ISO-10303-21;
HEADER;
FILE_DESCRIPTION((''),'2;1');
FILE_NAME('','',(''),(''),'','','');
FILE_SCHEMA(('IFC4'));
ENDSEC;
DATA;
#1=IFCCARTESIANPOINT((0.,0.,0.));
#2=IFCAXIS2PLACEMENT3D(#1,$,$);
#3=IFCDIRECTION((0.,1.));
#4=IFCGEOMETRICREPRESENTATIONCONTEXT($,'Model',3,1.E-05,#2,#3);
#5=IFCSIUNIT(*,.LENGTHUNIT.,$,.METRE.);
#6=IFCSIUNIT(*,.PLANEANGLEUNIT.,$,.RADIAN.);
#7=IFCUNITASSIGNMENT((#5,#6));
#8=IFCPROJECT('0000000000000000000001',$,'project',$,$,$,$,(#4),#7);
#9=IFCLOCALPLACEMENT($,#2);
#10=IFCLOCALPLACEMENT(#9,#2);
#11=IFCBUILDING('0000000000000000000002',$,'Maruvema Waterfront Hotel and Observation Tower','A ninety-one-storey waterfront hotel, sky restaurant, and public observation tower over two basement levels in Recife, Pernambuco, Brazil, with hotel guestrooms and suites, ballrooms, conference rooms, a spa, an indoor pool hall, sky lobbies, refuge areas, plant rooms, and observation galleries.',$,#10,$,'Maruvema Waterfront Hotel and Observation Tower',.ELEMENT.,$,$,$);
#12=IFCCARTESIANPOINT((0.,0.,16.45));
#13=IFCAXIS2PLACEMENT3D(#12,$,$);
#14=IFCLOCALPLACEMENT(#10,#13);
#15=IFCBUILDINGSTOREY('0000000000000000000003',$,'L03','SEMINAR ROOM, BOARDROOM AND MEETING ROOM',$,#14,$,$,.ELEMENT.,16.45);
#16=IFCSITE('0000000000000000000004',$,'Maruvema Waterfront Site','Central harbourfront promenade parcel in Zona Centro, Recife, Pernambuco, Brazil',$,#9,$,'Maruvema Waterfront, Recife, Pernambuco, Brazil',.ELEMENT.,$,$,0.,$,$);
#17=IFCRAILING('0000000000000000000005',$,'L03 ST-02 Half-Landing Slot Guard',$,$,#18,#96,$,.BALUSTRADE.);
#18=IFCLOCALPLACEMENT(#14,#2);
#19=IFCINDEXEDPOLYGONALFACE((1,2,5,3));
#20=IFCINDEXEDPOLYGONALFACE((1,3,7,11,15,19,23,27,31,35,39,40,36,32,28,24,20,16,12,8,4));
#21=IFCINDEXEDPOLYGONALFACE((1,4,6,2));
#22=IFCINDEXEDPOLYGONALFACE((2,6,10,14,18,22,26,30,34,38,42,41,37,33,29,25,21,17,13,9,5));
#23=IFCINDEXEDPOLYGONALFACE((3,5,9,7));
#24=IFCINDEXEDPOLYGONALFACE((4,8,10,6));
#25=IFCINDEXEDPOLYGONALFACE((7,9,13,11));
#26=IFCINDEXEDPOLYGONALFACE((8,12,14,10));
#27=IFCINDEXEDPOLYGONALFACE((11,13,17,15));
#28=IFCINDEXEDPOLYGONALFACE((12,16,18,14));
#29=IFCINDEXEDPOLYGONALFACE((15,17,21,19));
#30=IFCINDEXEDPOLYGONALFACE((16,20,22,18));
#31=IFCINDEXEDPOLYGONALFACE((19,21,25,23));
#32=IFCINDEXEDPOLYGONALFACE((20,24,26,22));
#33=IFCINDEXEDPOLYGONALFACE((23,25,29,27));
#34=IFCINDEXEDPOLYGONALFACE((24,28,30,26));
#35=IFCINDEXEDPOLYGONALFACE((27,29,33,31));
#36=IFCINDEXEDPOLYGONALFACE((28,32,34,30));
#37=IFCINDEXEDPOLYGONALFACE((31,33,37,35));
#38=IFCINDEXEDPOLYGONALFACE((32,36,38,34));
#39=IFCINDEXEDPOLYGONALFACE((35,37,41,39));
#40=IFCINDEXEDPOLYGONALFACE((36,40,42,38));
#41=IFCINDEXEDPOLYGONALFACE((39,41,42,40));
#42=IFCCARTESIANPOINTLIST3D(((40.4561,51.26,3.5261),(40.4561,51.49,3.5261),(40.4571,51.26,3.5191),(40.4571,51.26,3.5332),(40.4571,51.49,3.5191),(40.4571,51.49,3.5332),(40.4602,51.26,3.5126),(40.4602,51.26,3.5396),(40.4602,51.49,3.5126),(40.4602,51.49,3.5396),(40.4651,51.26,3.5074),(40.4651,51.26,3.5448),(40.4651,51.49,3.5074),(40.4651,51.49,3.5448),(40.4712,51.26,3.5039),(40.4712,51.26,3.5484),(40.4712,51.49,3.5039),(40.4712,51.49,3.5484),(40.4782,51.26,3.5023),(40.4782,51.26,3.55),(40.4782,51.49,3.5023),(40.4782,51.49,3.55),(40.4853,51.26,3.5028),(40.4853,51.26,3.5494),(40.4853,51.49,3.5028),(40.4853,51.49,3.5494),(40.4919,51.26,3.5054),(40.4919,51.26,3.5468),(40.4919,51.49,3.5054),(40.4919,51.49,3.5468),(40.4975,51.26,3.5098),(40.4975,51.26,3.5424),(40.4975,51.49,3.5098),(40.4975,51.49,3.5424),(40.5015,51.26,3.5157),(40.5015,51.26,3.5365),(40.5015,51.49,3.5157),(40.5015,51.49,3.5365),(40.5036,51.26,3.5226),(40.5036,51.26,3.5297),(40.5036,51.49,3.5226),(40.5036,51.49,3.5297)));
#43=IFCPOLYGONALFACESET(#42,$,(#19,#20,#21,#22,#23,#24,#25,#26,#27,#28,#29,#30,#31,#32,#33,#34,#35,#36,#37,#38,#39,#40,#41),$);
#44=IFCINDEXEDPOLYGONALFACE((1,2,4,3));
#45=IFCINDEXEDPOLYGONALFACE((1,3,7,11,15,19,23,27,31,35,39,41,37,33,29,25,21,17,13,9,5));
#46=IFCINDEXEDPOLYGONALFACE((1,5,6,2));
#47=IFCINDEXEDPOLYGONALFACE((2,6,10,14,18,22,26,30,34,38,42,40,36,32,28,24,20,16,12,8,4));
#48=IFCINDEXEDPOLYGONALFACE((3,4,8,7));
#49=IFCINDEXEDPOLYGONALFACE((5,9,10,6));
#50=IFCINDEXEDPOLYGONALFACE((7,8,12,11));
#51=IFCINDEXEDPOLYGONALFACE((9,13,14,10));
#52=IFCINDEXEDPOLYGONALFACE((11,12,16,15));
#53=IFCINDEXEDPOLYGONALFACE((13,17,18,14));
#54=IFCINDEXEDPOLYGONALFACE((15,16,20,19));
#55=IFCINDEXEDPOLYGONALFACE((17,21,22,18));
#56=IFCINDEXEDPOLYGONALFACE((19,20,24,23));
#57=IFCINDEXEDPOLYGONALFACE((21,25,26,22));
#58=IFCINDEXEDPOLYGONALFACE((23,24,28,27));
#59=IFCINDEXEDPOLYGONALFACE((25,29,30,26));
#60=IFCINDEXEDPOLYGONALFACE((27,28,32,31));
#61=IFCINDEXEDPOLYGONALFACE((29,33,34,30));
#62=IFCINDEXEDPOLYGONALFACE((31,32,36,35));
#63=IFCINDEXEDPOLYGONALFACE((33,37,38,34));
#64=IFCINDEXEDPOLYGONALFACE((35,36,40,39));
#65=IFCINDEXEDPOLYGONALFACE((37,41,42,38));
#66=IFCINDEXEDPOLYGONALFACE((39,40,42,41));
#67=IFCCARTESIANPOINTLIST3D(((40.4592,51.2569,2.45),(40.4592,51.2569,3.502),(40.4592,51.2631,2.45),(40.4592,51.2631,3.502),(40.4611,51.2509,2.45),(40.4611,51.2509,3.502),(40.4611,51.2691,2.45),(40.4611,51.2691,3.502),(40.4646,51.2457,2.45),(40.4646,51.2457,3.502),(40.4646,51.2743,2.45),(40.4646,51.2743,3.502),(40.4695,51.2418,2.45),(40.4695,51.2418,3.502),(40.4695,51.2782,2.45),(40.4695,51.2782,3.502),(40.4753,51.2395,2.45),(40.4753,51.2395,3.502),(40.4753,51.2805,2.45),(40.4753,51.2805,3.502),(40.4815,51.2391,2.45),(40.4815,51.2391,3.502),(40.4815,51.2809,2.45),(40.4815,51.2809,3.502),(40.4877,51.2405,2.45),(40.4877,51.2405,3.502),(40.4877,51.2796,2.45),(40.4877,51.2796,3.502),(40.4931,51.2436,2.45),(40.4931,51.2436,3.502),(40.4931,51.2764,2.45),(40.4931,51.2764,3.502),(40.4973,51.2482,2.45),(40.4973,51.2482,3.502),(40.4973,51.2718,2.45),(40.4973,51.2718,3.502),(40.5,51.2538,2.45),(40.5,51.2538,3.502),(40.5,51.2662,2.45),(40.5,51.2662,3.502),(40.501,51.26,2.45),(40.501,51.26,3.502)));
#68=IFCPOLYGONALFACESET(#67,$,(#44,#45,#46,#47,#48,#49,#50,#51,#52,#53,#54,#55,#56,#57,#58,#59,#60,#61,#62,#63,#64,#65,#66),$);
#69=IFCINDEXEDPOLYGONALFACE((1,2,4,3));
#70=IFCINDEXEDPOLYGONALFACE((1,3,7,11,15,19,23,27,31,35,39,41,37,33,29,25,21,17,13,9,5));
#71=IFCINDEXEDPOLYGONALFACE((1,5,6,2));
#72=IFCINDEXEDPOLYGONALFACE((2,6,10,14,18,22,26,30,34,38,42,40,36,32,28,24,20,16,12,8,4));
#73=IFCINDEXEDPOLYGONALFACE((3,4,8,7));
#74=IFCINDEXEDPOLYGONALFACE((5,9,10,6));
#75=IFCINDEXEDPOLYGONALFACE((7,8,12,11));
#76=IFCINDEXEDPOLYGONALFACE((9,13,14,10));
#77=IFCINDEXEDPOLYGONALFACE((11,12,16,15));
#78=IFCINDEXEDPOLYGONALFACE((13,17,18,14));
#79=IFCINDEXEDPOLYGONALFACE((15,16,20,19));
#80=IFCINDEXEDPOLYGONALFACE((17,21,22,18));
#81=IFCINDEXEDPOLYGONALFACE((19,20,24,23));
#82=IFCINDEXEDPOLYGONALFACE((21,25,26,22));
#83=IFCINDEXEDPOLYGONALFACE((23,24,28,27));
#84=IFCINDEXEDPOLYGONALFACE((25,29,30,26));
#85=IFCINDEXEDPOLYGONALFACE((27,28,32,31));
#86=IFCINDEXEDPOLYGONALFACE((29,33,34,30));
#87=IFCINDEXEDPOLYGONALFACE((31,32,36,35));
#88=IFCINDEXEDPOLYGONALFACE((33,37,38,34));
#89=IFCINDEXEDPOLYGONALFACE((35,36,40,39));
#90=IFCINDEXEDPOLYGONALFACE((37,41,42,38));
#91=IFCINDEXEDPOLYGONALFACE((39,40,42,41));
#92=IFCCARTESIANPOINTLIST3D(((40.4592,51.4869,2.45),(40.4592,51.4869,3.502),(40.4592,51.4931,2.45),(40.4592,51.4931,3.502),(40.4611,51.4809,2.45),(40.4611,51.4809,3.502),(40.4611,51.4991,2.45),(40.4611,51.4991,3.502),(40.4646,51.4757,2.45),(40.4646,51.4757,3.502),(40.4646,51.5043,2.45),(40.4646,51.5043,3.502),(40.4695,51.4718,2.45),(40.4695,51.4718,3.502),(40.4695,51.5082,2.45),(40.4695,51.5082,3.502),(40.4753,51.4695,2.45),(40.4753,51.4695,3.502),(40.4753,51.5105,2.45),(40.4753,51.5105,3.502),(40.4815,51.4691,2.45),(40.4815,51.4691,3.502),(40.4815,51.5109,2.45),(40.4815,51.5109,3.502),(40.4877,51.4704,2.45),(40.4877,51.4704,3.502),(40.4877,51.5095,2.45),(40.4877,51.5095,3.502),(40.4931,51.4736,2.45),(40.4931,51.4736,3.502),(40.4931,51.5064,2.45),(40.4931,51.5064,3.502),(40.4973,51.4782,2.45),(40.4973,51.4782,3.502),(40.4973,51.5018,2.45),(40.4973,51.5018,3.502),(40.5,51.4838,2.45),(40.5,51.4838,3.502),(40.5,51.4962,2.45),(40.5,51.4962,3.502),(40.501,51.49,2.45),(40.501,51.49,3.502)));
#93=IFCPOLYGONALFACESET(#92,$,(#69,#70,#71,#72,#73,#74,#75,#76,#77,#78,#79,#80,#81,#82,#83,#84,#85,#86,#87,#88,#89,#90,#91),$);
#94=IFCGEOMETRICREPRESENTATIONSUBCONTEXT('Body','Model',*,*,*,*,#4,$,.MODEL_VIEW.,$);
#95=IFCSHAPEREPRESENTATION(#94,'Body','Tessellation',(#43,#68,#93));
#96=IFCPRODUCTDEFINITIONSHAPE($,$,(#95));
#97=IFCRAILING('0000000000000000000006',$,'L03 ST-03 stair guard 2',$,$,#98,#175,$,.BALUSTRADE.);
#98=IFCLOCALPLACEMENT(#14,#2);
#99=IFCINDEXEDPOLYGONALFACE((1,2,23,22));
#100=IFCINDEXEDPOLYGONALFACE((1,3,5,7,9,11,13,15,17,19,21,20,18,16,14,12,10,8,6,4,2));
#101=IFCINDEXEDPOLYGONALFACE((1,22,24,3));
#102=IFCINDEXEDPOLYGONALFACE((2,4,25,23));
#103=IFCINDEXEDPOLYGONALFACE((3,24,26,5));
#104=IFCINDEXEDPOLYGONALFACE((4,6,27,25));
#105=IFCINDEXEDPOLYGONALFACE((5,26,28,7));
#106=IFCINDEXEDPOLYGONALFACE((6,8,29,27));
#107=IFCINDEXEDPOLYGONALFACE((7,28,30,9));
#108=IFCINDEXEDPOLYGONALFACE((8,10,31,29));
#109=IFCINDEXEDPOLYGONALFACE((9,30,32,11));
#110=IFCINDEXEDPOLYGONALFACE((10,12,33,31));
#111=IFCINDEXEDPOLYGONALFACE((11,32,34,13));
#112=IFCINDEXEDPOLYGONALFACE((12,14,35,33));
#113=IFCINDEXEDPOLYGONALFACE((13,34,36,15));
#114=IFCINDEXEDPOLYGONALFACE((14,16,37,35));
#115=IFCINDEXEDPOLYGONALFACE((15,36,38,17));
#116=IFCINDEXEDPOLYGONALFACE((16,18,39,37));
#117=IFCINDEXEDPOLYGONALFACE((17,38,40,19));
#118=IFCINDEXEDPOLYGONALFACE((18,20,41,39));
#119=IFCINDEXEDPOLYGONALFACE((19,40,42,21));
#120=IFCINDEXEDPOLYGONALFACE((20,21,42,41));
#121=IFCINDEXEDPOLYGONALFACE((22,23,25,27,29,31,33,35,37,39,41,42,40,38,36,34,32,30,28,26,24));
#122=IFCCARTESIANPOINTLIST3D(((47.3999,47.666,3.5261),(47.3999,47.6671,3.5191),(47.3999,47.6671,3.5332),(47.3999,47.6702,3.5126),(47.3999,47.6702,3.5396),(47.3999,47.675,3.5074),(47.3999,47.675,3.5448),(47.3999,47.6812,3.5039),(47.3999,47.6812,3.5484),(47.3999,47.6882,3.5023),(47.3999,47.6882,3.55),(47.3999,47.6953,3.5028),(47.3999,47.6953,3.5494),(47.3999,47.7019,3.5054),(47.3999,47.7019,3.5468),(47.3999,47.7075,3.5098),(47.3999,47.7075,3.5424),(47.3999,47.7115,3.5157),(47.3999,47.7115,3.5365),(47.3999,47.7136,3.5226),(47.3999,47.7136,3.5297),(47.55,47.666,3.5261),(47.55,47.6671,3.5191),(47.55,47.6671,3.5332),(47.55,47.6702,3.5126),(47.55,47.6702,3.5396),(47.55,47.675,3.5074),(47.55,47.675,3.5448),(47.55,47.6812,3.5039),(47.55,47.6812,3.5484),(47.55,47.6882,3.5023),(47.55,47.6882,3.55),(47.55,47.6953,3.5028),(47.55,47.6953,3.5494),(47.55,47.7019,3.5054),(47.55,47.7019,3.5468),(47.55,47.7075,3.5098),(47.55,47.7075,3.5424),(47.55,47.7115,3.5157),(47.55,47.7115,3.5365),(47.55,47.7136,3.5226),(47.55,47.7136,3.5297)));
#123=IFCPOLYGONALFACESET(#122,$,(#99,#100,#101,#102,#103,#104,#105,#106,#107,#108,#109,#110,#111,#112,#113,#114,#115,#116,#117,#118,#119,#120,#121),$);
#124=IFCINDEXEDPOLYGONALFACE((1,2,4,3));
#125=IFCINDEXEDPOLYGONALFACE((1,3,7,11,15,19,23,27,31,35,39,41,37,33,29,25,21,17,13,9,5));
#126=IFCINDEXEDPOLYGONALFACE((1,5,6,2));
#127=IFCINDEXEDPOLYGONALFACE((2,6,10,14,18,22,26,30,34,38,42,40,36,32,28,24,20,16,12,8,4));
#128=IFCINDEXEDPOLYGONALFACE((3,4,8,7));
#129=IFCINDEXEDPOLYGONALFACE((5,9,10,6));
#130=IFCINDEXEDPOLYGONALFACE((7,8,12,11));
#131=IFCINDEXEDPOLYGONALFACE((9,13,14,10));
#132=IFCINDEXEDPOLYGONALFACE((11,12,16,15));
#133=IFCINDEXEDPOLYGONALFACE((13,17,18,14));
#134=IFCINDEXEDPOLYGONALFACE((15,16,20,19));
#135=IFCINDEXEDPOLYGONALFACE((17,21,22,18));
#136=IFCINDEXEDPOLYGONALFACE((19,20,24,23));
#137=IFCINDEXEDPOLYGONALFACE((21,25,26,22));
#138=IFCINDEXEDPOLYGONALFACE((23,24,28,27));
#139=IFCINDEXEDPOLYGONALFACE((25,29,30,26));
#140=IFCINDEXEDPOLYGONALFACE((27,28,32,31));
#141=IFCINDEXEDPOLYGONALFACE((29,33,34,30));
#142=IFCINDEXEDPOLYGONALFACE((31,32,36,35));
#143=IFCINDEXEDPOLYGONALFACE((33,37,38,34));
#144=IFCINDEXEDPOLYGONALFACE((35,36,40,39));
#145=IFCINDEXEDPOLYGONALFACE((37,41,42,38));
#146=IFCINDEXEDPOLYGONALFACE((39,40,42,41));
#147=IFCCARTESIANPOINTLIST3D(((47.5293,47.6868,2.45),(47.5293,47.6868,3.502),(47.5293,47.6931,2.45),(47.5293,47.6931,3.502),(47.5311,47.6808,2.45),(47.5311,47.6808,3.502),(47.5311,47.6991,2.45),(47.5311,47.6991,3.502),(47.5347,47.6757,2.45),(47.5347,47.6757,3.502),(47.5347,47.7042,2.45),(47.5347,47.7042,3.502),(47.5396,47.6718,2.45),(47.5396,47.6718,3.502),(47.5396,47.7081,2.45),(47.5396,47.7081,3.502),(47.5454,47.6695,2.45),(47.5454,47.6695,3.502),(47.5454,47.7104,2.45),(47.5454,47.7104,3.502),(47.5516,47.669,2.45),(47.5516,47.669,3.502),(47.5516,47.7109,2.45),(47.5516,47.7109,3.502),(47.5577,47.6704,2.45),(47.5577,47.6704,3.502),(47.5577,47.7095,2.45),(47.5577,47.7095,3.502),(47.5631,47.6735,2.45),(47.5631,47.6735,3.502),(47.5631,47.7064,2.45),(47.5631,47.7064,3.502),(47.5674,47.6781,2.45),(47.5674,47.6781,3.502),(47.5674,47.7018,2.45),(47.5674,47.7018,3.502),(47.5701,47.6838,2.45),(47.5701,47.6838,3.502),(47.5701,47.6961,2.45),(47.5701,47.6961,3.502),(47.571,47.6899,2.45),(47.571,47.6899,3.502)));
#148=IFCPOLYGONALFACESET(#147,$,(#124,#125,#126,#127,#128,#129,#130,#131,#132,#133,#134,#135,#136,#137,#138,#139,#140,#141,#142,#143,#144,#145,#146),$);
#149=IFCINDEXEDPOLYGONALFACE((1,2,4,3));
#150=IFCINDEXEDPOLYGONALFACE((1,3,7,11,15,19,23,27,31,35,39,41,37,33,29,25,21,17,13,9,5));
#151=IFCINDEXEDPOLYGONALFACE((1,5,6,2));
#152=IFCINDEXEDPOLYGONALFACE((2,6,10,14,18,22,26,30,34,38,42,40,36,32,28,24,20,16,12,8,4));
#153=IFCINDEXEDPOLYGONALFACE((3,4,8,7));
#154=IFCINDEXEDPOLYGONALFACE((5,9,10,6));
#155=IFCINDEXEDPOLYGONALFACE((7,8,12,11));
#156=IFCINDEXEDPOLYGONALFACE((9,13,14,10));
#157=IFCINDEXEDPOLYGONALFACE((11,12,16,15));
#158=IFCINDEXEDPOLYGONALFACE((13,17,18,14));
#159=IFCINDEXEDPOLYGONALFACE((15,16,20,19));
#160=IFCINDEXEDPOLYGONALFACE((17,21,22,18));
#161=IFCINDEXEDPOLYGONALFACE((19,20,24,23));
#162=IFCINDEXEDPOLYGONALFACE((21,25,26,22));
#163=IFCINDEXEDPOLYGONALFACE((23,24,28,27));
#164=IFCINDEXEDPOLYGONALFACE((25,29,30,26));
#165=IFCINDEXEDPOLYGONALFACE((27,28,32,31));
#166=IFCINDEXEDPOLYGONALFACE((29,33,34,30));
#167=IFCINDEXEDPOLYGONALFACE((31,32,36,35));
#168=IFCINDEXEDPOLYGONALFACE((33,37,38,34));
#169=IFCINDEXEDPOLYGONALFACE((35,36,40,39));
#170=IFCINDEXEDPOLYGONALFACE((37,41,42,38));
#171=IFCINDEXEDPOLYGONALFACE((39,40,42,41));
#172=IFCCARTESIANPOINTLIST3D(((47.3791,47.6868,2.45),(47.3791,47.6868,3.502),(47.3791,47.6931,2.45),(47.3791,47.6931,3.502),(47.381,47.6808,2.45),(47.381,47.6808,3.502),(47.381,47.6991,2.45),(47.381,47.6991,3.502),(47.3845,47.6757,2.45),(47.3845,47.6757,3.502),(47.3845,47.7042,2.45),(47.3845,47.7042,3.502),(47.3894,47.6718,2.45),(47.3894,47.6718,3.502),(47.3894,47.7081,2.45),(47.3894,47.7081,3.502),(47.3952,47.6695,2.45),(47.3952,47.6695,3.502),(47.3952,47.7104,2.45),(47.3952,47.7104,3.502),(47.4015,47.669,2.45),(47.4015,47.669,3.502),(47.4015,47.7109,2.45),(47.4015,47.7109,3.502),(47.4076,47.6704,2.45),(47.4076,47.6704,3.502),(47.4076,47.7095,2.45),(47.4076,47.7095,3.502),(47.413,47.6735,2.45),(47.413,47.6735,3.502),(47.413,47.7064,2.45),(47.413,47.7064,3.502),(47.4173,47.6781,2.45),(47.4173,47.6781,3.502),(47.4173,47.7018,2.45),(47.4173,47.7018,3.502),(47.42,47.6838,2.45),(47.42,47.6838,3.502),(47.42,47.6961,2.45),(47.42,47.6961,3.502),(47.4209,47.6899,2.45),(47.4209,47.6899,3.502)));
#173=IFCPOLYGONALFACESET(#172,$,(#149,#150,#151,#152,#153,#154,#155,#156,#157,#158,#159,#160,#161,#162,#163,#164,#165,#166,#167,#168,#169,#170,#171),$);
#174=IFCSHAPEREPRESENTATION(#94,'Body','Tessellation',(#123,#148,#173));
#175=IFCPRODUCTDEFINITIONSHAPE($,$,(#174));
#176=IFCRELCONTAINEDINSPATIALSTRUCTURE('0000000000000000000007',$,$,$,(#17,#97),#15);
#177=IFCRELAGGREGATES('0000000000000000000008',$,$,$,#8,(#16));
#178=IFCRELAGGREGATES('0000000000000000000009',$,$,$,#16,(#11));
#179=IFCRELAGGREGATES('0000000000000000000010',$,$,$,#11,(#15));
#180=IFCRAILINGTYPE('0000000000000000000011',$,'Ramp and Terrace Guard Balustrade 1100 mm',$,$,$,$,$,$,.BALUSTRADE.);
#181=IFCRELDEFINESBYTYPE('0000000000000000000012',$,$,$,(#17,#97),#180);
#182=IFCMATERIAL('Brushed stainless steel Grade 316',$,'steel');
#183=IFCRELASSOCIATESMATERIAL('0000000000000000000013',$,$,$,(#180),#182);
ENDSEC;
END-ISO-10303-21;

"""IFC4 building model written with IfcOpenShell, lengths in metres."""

from ifc_helpers import new_model, si_unit, direction, frame, origin, origin_2d, place, context, subcontext, project, spatial, circle, extrude, material, type_object, element, save


model = new_model("IFC4")

# Units and contexts
model_context = context("Model", 3, precision=1e-05, world=origin(), true_north=direction((0.0, 1.0)))
body_context = subcontext(model_context, "Body", "Model", "MODEL_VIEW")
ifc_project = project(units=[si_unit("LENGTHUNIT", "METRE"), si_unit("PLANEANGLEUNIT", "RADIAN")], contexts=[model_context])

# Site, building, storey
site_placement = place(None, origin())
site = spatial("IfcSite", under=ifc_project, at=site_placement, Name="Maruvema Waterfront Site", Description="Central harbourfront promenade parcel in Zona Centro, Recife, Pernambuco, Brazil", LongName="Maruvema Waterfront, Recife, Pernambuco, Brazil", CompositionType="ELEMENT", RefElevation=0.0)
building_placement = place(site_placement, origin())
building = spatial("IfcBuilding", under=site, at=building_placement, Name="Maruvema Waterfront Hotel and Observation Tower", Description="A ninety-one-storey waterfront hotel, sky restaurant, and public observation tower over two basement levels in Recife, Pernambuco, Brazil, with hotel guestrooms and suites, ballrooms, conference rooms, a spa, an indoor pool hall, sky lobbies, refuge areas, plant rooms, and observation galleries.", LongName="Maruvema Waterfront Hotel and Observation Tower", CompositionType="ELEMENT")
storey_placement = place(building_placement, frame((0.0, 0.0, 16.45)))
storey = spatial("IfcBuildingStorey", under=building, at=storey_placement, Name="L03", Description="SEMINAR ROOM, BOARDROOM AND MEETING ROOM", CompositionType="ELEMENT", Elevation=16.45)

# Railings
ifc_material_1 = material(Name="Brushed stainless steel Grade 316", Category="steel")
railing_type_1 = type_object("IfcRailingType", Name="Ramp and Terrace Guard Balustrade 1100 mm", PredefinedType="BALUSTRADE", material=ifc_material_1)
railing_1_placement = place(storey_placement, frame((40.48, 51.26, 2.45)))
element("IfcRailing", 1, at=railing_1_placement, inside=storey, type_object=railing_type_1, Name="L03 ST-02 Half-Landing Slot Guard", PredefinedType="BALUSTRADE", context=body_context, shape_type="SweptSolid", body=[
    extrude(circle(Radius=0.0239, at=origin_2d()), frame((0.0, 0.0, 1.0762), z_axis=(0.0, 1.0, 0.0), x_axis=(-1.0, 0.0, 0.0)), (0.0, 0.0, 1.0), 0.23),
    extrude(circle(Radius=0.021, at=origin_2d()), origin(), (0.0, 0.0, 1.0), 1.052),
    extrude(circle(Radius=0.021, at=origin_2d()), frame((0.0, 0.23, 0.0)), (0.0, 0.0, 1.0), 1.052),
])
railing_2_placement = place(storey_placement, frame((47.55, 47.6899, 2.45)))
element("IfcRailing", 2, at=railing_2_placement, inside=storey, type_object=railing_type_1, Name="L03 ST-03 stair guard 2", PredefinedType="BALUSTRADE", context=body_context, shape_type="SweptSolid", body=[
    extrude(circle(Radius=0.0239, at=origin_2d()), frame((0.0, 0.0, 1.0762), z_axis=(-1.0, 0.0, 0.0), x_axis=(0.0, -1.0, 0.0)), (0.0, 0.0, 1.0), 0.1501),
    extrude(circle(Radius=0.021, at=origin_2d()), origin(), (0.0, 0.0, 1.0), 1.052),
    extrude(circle(Radius=0.021, at=origin_2d()), frame((-0.1501, 0.0, 0.0)), (0.0, 0.0, 1.0), 1.052),
])

save(model, "model.ifc")
